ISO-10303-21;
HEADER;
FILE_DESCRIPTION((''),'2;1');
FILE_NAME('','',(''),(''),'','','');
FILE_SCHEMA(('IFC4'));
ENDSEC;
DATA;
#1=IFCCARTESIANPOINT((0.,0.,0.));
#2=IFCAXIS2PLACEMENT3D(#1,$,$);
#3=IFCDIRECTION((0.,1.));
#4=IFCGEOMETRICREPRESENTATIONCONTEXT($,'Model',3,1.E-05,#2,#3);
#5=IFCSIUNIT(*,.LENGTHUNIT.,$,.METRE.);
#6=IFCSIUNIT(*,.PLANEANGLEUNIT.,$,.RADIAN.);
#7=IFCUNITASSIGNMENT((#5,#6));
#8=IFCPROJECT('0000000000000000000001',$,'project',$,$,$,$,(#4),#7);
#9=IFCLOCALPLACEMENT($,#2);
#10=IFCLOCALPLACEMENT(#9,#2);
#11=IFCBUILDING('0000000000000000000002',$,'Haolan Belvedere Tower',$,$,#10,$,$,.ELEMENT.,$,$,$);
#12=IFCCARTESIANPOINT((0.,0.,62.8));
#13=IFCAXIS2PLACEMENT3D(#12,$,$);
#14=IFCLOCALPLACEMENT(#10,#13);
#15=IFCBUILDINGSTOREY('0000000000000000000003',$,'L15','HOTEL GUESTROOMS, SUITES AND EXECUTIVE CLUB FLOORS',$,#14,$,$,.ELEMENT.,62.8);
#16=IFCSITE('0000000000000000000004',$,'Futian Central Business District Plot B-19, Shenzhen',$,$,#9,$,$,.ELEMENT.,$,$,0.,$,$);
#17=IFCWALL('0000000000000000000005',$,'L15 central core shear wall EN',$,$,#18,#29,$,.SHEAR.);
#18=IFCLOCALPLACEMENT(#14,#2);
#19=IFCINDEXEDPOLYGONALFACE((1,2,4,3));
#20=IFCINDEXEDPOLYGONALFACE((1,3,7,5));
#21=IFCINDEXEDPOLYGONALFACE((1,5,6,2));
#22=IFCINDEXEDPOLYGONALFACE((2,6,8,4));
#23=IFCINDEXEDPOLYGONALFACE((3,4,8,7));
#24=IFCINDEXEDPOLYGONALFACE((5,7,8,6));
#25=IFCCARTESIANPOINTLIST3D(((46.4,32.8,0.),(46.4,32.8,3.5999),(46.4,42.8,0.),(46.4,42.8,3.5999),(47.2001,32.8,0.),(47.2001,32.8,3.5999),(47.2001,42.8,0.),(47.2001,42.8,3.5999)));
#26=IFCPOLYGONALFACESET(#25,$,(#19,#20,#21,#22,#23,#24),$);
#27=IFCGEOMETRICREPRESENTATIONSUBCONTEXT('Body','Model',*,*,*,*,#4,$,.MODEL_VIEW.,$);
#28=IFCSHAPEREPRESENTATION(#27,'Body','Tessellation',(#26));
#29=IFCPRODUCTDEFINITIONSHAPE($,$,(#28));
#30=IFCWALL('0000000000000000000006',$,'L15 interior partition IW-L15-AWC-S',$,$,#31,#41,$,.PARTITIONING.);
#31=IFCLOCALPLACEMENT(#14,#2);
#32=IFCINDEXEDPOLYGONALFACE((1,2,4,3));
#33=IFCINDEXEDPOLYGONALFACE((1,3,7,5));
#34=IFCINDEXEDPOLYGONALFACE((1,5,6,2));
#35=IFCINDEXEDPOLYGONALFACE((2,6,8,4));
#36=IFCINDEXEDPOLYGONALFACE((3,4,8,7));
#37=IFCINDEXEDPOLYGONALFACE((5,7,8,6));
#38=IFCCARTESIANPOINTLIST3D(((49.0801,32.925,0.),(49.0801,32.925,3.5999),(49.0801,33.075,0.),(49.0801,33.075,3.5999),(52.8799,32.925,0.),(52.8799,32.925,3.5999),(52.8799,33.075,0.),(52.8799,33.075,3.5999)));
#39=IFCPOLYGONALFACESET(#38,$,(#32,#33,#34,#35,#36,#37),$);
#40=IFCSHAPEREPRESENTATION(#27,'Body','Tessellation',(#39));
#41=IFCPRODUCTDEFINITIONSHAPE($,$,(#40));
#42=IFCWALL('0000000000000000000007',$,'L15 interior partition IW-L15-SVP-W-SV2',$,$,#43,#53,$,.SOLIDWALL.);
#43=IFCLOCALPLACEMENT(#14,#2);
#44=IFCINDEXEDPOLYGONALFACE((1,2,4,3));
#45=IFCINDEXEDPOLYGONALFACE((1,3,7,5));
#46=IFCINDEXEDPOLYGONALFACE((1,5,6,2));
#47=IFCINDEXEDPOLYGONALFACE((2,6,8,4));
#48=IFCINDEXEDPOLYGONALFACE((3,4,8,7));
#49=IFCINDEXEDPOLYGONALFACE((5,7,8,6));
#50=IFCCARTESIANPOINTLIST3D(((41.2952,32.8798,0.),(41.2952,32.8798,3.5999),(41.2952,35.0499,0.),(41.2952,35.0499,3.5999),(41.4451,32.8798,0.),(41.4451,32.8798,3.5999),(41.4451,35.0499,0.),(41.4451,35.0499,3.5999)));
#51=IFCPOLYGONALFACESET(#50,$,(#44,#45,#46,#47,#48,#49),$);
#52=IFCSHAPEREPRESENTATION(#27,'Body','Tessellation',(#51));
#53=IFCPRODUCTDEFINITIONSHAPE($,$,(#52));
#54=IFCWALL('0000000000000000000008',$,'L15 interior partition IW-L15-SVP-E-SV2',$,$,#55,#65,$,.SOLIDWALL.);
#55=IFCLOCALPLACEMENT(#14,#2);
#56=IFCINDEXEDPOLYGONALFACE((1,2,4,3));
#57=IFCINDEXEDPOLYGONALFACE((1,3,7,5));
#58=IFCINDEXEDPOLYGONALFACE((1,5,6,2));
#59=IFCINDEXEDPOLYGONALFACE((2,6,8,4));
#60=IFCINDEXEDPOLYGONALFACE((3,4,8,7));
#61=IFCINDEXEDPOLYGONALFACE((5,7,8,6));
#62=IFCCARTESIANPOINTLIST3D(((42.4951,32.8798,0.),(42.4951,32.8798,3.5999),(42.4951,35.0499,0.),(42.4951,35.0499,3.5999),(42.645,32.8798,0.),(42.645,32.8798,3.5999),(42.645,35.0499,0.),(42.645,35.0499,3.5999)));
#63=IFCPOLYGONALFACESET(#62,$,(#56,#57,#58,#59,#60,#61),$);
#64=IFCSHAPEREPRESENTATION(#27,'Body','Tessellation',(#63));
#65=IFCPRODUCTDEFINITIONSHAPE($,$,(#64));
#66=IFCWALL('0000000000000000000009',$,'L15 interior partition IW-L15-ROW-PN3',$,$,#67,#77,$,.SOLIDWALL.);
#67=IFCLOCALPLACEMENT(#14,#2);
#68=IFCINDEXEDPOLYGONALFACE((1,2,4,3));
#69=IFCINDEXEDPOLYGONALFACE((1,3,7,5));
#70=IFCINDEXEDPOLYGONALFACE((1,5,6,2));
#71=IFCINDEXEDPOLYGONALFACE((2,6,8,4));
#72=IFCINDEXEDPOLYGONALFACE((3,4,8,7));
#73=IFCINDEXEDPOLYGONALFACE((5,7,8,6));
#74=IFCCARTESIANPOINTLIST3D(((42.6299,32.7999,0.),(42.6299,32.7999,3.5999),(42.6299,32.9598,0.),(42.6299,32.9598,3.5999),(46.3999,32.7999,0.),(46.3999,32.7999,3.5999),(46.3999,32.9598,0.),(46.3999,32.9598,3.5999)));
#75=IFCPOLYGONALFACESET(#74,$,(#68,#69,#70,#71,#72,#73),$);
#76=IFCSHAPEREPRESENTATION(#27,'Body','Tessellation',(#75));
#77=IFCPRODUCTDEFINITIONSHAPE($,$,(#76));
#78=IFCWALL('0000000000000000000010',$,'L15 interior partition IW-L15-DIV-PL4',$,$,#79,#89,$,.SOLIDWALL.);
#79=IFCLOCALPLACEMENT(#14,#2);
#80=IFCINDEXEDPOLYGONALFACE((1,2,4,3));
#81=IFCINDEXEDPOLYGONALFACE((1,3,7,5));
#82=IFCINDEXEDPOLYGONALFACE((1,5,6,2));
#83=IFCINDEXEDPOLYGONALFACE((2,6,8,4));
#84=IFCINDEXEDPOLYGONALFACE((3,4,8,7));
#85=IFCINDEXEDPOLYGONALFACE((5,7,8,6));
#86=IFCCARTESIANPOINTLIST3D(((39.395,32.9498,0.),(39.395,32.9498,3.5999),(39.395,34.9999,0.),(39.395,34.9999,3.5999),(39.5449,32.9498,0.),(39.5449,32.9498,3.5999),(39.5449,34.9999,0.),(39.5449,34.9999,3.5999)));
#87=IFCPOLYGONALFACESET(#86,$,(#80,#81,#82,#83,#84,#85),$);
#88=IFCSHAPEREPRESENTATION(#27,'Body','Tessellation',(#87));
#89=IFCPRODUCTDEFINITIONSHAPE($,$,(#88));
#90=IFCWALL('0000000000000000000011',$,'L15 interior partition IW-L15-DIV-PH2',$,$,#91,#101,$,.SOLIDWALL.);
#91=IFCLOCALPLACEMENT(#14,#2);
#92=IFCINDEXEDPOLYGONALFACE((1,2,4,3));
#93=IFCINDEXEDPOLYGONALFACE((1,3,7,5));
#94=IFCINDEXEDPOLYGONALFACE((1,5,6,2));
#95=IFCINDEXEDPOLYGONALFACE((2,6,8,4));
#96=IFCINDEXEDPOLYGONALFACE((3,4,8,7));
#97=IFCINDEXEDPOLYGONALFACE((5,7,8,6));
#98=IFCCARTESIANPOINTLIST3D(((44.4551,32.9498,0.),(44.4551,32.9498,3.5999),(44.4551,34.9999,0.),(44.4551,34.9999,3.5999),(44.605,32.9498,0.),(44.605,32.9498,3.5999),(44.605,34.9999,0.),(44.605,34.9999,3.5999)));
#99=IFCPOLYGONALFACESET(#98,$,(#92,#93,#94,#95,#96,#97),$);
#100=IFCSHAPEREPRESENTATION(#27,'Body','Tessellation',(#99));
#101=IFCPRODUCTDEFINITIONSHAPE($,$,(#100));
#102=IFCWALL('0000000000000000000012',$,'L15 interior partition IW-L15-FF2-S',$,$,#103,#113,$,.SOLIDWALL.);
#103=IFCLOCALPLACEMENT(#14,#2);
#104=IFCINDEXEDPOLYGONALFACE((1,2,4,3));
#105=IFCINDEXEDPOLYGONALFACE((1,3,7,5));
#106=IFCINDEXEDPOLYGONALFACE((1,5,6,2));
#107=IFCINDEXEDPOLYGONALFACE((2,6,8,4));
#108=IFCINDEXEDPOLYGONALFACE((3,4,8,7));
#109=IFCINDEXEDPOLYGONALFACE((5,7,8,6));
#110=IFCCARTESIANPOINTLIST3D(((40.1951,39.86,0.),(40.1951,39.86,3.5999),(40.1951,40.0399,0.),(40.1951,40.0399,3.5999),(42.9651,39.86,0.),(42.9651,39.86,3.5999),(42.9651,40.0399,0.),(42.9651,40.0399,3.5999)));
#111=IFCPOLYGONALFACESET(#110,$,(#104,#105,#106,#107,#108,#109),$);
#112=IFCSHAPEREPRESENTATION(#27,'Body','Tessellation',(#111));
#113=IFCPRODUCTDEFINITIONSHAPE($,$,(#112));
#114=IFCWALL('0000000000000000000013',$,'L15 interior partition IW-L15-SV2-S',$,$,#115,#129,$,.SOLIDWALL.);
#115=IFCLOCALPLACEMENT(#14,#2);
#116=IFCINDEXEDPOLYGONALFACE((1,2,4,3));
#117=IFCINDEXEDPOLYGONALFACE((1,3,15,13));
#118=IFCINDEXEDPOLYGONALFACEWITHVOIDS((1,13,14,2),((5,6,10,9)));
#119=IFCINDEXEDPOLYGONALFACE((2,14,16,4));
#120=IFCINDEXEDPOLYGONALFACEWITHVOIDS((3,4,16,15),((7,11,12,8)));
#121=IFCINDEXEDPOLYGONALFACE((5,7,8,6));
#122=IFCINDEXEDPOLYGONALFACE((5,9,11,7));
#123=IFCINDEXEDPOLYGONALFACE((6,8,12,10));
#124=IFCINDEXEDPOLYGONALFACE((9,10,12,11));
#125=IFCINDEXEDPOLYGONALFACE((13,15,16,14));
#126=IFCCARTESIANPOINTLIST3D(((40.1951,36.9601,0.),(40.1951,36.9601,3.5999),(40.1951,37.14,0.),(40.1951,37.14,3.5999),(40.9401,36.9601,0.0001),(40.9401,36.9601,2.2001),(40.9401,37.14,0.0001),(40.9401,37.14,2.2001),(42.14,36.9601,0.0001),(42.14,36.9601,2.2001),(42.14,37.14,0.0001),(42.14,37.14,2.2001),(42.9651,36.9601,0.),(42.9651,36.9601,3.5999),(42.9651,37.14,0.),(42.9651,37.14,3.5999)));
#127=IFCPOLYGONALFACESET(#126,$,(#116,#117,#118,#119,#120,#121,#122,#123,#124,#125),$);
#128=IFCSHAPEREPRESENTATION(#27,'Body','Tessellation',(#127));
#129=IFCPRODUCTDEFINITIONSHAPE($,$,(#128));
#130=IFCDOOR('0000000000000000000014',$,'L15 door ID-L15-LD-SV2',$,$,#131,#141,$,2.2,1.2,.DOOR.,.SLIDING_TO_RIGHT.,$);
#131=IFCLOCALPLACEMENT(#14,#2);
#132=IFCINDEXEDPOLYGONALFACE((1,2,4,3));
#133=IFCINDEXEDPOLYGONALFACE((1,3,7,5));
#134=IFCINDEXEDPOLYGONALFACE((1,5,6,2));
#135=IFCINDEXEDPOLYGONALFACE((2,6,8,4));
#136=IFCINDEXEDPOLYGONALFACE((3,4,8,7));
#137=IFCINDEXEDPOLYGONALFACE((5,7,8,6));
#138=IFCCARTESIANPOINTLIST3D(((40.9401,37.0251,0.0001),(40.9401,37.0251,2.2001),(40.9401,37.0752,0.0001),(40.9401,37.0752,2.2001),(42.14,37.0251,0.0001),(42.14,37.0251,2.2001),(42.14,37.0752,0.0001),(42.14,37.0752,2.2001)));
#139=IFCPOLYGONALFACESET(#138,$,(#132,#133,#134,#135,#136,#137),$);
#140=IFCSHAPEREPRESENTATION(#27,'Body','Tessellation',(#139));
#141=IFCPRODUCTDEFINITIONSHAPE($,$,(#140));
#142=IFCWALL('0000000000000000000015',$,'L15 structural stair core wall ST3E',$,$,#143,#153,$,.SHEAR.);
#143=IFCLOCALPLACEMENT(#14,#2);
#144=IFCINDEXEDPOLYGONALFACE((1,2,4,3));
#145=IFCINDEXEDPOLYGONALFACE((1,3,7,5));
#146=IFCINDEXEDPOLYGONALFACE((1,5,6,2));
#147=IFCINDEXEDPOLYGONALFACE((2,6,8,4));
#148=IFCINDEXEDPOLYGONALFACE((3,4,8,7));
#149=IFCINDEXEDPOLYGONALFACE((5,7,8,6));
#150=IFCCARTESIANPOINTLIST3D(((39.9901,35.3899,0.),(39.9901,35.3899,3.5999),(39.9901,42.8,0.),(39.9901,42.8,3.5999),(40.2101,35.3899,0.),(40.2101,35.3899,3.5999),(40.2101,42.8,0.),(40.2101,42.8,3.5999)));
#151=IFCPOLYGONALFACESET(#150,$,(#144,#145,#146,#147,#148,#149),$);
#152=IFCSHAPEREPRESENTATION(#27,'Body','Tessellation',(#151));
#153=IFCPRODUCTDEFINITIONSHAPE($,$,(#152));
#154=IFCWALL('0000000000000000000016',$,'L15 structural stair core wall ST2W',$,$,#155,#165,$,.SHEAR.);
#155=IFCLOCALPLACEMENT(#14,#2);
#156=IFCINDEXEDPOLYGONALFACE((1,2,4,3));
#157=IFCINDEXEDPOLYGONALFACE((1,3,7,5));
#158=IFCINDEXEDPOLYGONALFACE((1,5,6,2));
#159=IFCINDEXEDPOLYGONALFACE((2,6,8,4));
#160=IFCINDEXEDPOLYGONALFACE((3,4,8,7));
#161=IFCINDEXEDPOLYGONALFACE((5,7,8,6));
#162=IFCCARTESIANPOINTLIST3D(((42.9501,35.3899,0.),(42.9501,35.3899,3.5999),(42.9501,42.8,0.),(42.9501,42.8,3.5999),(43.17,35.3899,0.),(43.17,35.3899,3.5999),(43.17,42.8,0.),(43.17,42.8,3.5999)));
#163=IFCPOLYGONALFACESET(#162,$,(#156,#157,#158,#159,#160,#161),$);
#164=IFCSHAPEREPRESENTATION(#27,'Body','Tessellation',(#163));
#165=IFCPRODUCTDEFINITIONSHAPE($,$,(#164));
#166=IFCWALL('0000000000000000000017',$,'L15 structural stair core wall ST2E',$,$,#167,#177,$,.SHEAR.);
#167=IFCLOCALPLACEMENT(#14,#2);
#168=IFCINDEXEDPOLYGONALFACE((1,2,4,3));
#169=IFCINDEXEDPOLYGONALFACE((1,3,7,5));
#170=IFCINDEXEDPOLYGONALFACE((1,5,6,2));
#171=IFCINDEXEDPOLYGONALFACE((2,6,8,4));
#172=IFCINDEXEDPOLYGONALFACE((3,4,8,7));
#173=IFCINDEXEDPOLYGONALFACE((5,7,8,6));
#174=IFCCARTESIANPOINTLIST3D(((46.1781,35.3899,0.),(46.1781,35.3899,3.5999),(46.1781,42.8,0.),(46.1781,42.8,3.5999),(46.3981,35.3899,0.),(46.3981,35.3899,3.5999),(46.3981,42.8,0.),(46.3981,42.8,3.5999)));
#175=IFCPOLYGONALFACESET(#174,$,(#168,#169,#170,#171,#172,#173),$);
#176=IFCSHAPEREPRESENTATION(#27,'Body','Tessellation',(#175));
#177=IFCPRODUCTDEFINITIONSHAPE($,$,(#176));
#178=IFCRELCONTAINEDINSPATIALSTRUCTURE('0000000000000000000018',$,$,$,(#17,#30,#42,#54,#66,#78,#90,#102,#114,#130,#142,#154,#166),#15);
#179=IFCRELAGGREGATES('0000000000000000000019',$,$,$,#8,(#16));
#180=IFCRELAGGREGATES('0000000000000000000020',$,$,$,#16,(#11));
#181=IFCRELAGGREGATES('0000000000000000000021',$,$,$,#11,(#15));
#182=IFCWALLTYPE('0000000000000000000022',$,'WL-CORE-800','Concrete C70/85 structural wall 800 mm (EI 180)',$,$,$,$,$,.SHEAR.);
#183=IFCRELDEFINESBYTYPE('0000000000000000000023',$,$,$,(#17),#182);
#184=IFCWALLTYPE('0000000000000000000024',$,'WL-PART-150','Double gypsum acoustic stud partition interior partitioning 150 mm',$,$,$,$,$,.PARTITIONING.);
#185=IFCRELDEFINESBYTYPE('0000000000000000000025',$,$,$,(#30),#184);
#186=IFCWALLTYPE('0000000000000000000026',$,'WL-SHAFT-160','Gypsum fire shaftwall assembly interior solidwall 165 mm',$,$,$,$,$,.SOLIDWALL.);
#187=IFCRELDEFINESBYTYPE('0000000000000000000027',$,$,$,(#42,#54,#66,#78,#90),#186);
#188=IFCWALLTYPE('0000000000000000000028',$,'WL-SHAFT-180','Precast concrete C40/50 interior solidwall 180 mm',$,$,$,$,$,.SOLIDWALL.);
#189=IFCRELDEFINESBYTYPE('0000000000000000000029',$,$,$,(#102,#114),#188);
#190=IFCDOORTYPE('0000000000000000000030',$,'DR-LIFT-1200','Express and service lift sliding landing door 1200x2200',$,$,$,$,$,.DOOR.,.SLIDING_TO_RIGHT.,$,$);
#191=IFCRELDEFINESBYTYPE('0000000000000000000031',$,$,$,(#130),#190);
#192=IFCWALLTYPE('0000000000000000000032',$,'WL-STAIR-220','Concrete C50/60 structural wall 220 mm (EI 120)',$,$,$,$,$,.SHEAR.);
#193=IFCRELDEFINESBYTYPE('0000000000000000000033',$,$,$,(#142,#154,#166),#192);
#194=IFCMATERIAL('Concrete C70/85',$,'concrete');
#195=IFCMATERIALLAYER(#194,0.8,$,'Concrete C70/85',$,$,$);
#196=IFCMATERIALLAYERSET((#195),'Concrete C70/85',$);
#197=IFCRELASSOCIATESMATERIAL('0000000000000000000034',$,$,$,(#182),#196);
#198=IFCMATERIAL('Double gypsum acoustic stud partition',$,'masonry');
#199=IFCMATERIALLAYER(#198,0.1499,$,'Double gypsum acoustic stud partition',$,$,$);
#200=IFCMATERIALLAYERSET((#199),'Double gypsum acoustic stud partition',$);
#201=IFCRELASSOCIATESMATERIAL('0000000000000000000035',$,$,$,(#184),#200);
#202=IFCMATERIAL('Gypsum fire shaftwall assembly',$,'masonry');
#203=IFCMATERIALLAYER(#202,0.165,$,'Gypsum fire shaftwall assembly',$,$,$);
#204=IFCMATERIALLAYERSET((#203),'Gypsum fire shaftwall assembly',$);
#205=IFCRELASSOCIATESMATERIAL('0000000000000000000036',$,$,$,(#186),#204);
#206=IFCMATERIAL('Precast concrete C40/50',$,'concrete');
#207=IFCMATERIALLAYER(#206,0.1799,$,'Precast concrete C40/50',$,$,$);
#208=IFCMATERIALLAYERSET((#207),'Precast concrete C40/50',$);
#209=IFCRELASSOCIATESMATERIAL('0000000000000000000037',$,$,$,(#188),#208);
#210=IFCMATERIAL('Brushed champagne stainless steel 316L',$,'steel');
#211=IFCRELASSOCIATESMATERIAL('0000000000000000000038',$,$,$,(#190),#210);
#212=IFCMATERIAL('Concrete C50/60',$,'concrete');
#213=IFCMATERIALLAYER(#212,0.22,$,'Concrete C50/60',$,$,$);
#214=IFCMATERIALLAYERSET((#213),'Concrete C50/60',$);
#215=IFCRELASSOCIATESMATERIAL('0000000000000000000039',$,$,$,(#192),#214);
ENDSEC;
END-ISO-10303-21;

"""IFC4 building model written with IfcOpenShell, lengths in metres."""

from ifc_helpers import new_model, si_unit, direction, frame, frame_2d, origin, place, context, subcontext, project, spatial, rectangle, extrude, material, layer, layer_set, type_object, element, fill, save


model = new_model("IFC4")

# Units and contexts
model_context = context("Model", 3, precision=1e-05, world=origin(), true_north=direction((0.0, 1.0)))
body_context = subcontext(model_context, "Body", "Model", "MODEL_VIEW")
ifc_project = project(units=[si_unit("LENGTHUNIT", "METRE"), si_unit("PLANEANGLEUNIT", "RADIAN")], contexts=[model_context])

# Site, building, storey
site_placement = place(None, origin())
site = spatial("IfcSite", under=ifc_project, at=site_placement, Name="Futian Central Business District Plot B-19, Shenzhen", CompositionType="ELEMENT", RefElevation=0.0)
building_placement = place(site_placement, origin())
building = spatial("IfcBuilding", under=site, at=building_placement, Name="Haolan Belvedere Tower", CompositionType="ELEMENT")
storey_placement = place(building_placement, frame((0.0, 0.0, 62.8)))
storey = spatial("IfcBuildingStorey", under=building, at=storey_placement, Name="L15", Description="HOTEL GUESTROOMS, SUITES AND EXECUTIVE CLUB FLOORS", CompositionType="ELEMENT", Elevation=62.8)

# Walls
ifc_material_1 = material(Name="Concrete C70/85", Category="concrete")
ifc_layer_1 = layer(ifc_material_1, 0.8, Name="Concrete C70/85")
ifc_layer_set_1 = layer_set([ifc_layer_1], Name="Concrete C70/85")
wall_type_1 = type_object("IfcWallType", Name="WL-CORE-800", Description="Concrete C70/85 structural wall 800 mm (EI 180)", PredefinedType="SHEAR", material=ifc_layer_set_1)
wall_1_placement = place(storey_placement, frame((46.8, 32.8, 0.0), z_axis=(0.0, 0.0, 1.0), x_axis=(0.0, 1.0, 0.0)))
element("IfcWall", 1, at=wall_1_placement, inside=storey, type_object=wall_type_1, Name="L15 central core shear wall EN", PredefinedType="SHEAR", context=body_context, shape_type="SweptSolid", body=[
    extrude(rectangle(XDim=10.0, YDim=0.8, at=frame_2d((5.0, 0.0))), origin(), (0.0, 0.0, 1.0), 3.5999),
])
ifc_material_2 = material(Name="Double gypsum acoustic stud partition", Category="masonry")
ifc_layer_2 = layer(ifc_material_2, 0.1499, Name="Double gypsum acoustic stud partition")
ifc_layer_set_2 = layer_set([ifc_layer_2], Name="Double gypsum acoustic stud partition")
wall_type_2 = type_object("IfcWallType", Name="WL-PART-150", Description="Double gypsum acoustic stud partition interior partitioning 150 mm", PredefinedType="PARTITIONING", material=ifc_layer_set_2)
wall_2_placement = place(storey_placement, frame((49.0801, 33.0, 0.0), z_axis=(0.0, 0.0, 1.0), x_axis=(1.0, 0.0, 0.0)))
element("IfcWall", 2, at=wall_2_placement, inside=storey, type_object=wall_type_2, Name="L15 interior partition IW-L15-AWC-S", PredefinedType="PARTITIONING", context=body_context, shape_type="SweptSolid", body=[
    extrude(rectangle(XDim=3.7998, YDim=0.1499, at=frame_2d((1.8999, 0.0))), origin(), (0.0, 0.0, 1.0), 3.5999),
])
ifc_material_3 = material(Name="Gypsum fire shaftwall assembly", Category="masonry")
ifc_layer_3 = layer(ifc_material_3, 0.165, Name="Gypsum fire shaftwall assembly")
ifc_layer_set_3 = layer_set([ifc_layer_3], Name="Gypsum fire shaftwall assembly")
wall_type_3 = type_object("IfcWallType", Name="WL-SHAFT-160", Description="Gypsum fire shaftwall assembly interior solidwall 165 mm", PredefinedType="SOLIDWALL", material=ifc_layer_set_3)
for number, where, z_axis, x_axis, name in (
    (3, (41.3701, 32.8799, 0.0), (0.0, 0.0, 1.0), (0.0, 1.0, 0.0), "L15 interior partition IW-L15-SVP-W-SV2"),
    (4, (42.5701, 32.8799, 0.0), (0.0, 0.0, 1.0), (0.0, 1.0, 0.0), "L15 interior partition IW-L15-SVP-E-SV2"),
):
    element("IfcWall", number, at=place(storey_placement, frame(where, z_axis=z_axis, x_axis=x_axis)), inside=storey, type_object=wall_type_3, Name=name, PredefinedType="SOLIDWALL", context=body_context, shape_type="SweptSolid", body=[
        extrude(rectangle(XDim=2.1702, YDim=0.1499, at=frame_2d((1.085, 0.0))), origin(), (0.0, 0.0, 1.0), 3.5999),
    ])
wall_3_placement = place(storey_placement, frame((42.6299, 32.8799, 0.0), z_axis=(0.0, 0.0, 1.0), x_axis=(1.0, 0.0, 0.0)))
element("IfcWall", 5, at=wall_3_placement, inside=storey, type_object=wall_type_3, Name="L15 interior partition IW-L15-ROW-PN3", PredefinedType="SOLIDWALL", context=body_context, shape_type="SweptSolid", body=[
    extrude(rectangle(XDim=3.77, YDim=0.1599, at=frame_2d((1.885, 0.0))), origin(), (0.0, 0.0, 1.0), 3.5999),
])
for number, where, z_axis, x_axis, name in (
    (6, (39.47, 32.95, 0.0), (0.0, 0.0, 1.0), (0.0, 1.0, 0.0), "L15 interior partition IW-L15-DIV-PL4"),
    (7, (44.53, 32.95, 0.0), (0.0, 0.0, 1.0), (0.0, 1.0, 0.0), "L15 interior partition IW-L15-DIV-PH2"),
):
    element("IfcWall", number, at=place(storey_placement, frame(where, z_axis=z_axis, x_axis=x_axis)), inside=storey, type_object=wall_type_3, Name=name, PredefinedType="SOLIDWALL", context=body_context, shape_type="SweptSolid", body=[
        extrude(rectangle(XDim=2.05, YDim=0.1499, at=frame_2d((1.0249, 0.0))), origin(), (0.0, 0.0, 1.0), 3.5999),
    ])
ifc_material_4 = material(Name="Precast concrete C40/50", Category="concrete")
ifc_layer_4 = layer(ifc_material_4, 0.1799, Name="Precast concrete C40/50")
ifc_layer_set_4 = layer_set([ifc_layer_4], Name="Precast concrete C40/50")
wall_type_4 = type_object("IfcWallType", Name="WL-SHAFT-180", Description="Precast concrete C40/50 interior solidwall 180 mm", PredefinedType="SOLIDWALL", material=ifc_layer_set_4)
wall_4_placement = place(storey_placement, frame((40.1951, 39.95, 0.0), z_axis=(0.0, 0.0, 1.0), x_axis=(1.0, 0.0, 0.0)))
element("IfcWall", 8, at=wall_4_placement, inside=storey, type_object=wall_type_4, Name="L15 interior partition IW-L15-FF2-S", PredefinedType="SOLIDWALL", context=body_context, shape_type="SweptSolid", body=[
    extrude(rectangle(XDim=2.77, YDim=0.1799, at=frame_2d((1.385, 0.0))), origin(), (0.0, 0.0, 1.0), 3.5999),
])

# Wall, opening, door
wall_5_placement = place(storey_placement, frame((40.1951, 37.05, 0.0), z_axis=(0.0, 0.0, 1.0), x_axis=(1.0, 0.0, 0.0)))
wall_5 = element("IfcWall", 9, at=wall_5_placement, inside=storey, type_object=wall_type_4, Name="L15 interior partition IW-L15-SV2-S", PredefinedType="SOLIDWALL", context=body_context, shape_type="SweptSolid", body=[
    extrude(rectangle(XDim=2.77, YDim=0.1799, at=frame_2d((1.385, 0.0))), origin(), (0.0, 0.0, 1.0), 3.5999),
])
opening_placement = place(wall_5_placement, frame((1.9451, 0.0, 0.0), z_axis=(0.0, 0.0, 1.0), x_axis=(-1.0, 0.0, 0.0)))
opening = element("IfcOpeningElement", 10, at=opening_placement, cuts=wall_5, PredefinedType="OPENING", context=body_context, shape_type="SweptSolid", body=[
    extrude(rectangle(XDim=1.2, YDim=2.2, at=frame_2d((0.6001, 1.1001))), frame((0.0, 0.0999, 0.0), z_axis=(0.0, -1.0, 0.0), x_axis=(1.0, 0.0, 0.0)), (0.0, 0.0, 1.0), 0.2),
])
ifc_material_5 = material(Name="Brushed champagne stainless steel 316L", Category="steel")
door_type = type_object("IfcDoorType", Name="DR-LIFT-1200", Description="Express and service lift sliding landing door 1200x2200", OperationType="SLIDING_TO_RIGHT", PredefinedType="DOOR", material=ifc_material_5)
door_placement = place(opening_placement, origin())
door = element("IfcDoor", 11, at=door_placement, inside=storey, type_object=door_type, Name="L15 door ID-L15-LD-SV2", OperationType="SLIDING_TO_RIGHT", OverallHeight=2.2, OverallWidth=1.2, PredefinedType="DOOR", context=body_context, shape_type="SweptSolid", body=[
    extrude(rectangle(XDim=1.2, YDim=2.2, at=frame_2d((0.6001, 1.1001))), frame((0.0, 0.0249, 0.0), z_axis=(0.0, -1.0, 0.0), x_axis=(1.0, 0.0, 0.0)), (0.0, 0.0, 1.0), 0.05),
])
fill(opening, door)

# Walls
ifc_material_6 = material(Name="Concrete C50/60", Category="concrete")
ifc_layer_5 = layer(ifc_material_6, 0.22, Name="Concrete C50/60")
ifc_layer_set_5 = layer_set([ifc_layer_5], Name="Concrete C50/60")
wall_type_5 = type_object("IfcWallType", Name="WL-STAIR-220", Description="Concrete C50/60 structural wall 220 mm (EI 120)", PredefinedType="SHEAR", material=ifc_layer_set_5)
for number, where, z_axis, x_axis, name in (
    (12, (40.1001, 35.3899, 0.0), (0.0, 0.0, 1.0), (0.0, 1.0, 0.0), "L15 structural stair core wall ST3E"),
    (13, (43.0601, 35.3899, 0.0), (0.0, 0.0, 1.0), (0.0, 1.0, 0.0), "L15 structural stair core wall ST2W"),
    (14, (46.2881, 35.3899, 0.0), (0.0, 0.0, 1.0), (0.0, 1.0, 0.0), "L15 structural stair core wall ST2E"),
):
    element("IfcWall", number, at=place(storey_placement, frame(where, z_axis=z_axis, x_axis=x_axis)), inside=storey, type_object=wall_type_5, Name=name, PredefinedType="SHEAR", context=body_context, shape_type="SweptSolid", body=[
        extrude(rectangle(XDim=7.4102, YDim=0.22, at=frame_2d((3.7051, 0.0))), origin(), (0.0, 0.0, 1.0), 3.5999),
    ])

save(model, "model.ifc")
